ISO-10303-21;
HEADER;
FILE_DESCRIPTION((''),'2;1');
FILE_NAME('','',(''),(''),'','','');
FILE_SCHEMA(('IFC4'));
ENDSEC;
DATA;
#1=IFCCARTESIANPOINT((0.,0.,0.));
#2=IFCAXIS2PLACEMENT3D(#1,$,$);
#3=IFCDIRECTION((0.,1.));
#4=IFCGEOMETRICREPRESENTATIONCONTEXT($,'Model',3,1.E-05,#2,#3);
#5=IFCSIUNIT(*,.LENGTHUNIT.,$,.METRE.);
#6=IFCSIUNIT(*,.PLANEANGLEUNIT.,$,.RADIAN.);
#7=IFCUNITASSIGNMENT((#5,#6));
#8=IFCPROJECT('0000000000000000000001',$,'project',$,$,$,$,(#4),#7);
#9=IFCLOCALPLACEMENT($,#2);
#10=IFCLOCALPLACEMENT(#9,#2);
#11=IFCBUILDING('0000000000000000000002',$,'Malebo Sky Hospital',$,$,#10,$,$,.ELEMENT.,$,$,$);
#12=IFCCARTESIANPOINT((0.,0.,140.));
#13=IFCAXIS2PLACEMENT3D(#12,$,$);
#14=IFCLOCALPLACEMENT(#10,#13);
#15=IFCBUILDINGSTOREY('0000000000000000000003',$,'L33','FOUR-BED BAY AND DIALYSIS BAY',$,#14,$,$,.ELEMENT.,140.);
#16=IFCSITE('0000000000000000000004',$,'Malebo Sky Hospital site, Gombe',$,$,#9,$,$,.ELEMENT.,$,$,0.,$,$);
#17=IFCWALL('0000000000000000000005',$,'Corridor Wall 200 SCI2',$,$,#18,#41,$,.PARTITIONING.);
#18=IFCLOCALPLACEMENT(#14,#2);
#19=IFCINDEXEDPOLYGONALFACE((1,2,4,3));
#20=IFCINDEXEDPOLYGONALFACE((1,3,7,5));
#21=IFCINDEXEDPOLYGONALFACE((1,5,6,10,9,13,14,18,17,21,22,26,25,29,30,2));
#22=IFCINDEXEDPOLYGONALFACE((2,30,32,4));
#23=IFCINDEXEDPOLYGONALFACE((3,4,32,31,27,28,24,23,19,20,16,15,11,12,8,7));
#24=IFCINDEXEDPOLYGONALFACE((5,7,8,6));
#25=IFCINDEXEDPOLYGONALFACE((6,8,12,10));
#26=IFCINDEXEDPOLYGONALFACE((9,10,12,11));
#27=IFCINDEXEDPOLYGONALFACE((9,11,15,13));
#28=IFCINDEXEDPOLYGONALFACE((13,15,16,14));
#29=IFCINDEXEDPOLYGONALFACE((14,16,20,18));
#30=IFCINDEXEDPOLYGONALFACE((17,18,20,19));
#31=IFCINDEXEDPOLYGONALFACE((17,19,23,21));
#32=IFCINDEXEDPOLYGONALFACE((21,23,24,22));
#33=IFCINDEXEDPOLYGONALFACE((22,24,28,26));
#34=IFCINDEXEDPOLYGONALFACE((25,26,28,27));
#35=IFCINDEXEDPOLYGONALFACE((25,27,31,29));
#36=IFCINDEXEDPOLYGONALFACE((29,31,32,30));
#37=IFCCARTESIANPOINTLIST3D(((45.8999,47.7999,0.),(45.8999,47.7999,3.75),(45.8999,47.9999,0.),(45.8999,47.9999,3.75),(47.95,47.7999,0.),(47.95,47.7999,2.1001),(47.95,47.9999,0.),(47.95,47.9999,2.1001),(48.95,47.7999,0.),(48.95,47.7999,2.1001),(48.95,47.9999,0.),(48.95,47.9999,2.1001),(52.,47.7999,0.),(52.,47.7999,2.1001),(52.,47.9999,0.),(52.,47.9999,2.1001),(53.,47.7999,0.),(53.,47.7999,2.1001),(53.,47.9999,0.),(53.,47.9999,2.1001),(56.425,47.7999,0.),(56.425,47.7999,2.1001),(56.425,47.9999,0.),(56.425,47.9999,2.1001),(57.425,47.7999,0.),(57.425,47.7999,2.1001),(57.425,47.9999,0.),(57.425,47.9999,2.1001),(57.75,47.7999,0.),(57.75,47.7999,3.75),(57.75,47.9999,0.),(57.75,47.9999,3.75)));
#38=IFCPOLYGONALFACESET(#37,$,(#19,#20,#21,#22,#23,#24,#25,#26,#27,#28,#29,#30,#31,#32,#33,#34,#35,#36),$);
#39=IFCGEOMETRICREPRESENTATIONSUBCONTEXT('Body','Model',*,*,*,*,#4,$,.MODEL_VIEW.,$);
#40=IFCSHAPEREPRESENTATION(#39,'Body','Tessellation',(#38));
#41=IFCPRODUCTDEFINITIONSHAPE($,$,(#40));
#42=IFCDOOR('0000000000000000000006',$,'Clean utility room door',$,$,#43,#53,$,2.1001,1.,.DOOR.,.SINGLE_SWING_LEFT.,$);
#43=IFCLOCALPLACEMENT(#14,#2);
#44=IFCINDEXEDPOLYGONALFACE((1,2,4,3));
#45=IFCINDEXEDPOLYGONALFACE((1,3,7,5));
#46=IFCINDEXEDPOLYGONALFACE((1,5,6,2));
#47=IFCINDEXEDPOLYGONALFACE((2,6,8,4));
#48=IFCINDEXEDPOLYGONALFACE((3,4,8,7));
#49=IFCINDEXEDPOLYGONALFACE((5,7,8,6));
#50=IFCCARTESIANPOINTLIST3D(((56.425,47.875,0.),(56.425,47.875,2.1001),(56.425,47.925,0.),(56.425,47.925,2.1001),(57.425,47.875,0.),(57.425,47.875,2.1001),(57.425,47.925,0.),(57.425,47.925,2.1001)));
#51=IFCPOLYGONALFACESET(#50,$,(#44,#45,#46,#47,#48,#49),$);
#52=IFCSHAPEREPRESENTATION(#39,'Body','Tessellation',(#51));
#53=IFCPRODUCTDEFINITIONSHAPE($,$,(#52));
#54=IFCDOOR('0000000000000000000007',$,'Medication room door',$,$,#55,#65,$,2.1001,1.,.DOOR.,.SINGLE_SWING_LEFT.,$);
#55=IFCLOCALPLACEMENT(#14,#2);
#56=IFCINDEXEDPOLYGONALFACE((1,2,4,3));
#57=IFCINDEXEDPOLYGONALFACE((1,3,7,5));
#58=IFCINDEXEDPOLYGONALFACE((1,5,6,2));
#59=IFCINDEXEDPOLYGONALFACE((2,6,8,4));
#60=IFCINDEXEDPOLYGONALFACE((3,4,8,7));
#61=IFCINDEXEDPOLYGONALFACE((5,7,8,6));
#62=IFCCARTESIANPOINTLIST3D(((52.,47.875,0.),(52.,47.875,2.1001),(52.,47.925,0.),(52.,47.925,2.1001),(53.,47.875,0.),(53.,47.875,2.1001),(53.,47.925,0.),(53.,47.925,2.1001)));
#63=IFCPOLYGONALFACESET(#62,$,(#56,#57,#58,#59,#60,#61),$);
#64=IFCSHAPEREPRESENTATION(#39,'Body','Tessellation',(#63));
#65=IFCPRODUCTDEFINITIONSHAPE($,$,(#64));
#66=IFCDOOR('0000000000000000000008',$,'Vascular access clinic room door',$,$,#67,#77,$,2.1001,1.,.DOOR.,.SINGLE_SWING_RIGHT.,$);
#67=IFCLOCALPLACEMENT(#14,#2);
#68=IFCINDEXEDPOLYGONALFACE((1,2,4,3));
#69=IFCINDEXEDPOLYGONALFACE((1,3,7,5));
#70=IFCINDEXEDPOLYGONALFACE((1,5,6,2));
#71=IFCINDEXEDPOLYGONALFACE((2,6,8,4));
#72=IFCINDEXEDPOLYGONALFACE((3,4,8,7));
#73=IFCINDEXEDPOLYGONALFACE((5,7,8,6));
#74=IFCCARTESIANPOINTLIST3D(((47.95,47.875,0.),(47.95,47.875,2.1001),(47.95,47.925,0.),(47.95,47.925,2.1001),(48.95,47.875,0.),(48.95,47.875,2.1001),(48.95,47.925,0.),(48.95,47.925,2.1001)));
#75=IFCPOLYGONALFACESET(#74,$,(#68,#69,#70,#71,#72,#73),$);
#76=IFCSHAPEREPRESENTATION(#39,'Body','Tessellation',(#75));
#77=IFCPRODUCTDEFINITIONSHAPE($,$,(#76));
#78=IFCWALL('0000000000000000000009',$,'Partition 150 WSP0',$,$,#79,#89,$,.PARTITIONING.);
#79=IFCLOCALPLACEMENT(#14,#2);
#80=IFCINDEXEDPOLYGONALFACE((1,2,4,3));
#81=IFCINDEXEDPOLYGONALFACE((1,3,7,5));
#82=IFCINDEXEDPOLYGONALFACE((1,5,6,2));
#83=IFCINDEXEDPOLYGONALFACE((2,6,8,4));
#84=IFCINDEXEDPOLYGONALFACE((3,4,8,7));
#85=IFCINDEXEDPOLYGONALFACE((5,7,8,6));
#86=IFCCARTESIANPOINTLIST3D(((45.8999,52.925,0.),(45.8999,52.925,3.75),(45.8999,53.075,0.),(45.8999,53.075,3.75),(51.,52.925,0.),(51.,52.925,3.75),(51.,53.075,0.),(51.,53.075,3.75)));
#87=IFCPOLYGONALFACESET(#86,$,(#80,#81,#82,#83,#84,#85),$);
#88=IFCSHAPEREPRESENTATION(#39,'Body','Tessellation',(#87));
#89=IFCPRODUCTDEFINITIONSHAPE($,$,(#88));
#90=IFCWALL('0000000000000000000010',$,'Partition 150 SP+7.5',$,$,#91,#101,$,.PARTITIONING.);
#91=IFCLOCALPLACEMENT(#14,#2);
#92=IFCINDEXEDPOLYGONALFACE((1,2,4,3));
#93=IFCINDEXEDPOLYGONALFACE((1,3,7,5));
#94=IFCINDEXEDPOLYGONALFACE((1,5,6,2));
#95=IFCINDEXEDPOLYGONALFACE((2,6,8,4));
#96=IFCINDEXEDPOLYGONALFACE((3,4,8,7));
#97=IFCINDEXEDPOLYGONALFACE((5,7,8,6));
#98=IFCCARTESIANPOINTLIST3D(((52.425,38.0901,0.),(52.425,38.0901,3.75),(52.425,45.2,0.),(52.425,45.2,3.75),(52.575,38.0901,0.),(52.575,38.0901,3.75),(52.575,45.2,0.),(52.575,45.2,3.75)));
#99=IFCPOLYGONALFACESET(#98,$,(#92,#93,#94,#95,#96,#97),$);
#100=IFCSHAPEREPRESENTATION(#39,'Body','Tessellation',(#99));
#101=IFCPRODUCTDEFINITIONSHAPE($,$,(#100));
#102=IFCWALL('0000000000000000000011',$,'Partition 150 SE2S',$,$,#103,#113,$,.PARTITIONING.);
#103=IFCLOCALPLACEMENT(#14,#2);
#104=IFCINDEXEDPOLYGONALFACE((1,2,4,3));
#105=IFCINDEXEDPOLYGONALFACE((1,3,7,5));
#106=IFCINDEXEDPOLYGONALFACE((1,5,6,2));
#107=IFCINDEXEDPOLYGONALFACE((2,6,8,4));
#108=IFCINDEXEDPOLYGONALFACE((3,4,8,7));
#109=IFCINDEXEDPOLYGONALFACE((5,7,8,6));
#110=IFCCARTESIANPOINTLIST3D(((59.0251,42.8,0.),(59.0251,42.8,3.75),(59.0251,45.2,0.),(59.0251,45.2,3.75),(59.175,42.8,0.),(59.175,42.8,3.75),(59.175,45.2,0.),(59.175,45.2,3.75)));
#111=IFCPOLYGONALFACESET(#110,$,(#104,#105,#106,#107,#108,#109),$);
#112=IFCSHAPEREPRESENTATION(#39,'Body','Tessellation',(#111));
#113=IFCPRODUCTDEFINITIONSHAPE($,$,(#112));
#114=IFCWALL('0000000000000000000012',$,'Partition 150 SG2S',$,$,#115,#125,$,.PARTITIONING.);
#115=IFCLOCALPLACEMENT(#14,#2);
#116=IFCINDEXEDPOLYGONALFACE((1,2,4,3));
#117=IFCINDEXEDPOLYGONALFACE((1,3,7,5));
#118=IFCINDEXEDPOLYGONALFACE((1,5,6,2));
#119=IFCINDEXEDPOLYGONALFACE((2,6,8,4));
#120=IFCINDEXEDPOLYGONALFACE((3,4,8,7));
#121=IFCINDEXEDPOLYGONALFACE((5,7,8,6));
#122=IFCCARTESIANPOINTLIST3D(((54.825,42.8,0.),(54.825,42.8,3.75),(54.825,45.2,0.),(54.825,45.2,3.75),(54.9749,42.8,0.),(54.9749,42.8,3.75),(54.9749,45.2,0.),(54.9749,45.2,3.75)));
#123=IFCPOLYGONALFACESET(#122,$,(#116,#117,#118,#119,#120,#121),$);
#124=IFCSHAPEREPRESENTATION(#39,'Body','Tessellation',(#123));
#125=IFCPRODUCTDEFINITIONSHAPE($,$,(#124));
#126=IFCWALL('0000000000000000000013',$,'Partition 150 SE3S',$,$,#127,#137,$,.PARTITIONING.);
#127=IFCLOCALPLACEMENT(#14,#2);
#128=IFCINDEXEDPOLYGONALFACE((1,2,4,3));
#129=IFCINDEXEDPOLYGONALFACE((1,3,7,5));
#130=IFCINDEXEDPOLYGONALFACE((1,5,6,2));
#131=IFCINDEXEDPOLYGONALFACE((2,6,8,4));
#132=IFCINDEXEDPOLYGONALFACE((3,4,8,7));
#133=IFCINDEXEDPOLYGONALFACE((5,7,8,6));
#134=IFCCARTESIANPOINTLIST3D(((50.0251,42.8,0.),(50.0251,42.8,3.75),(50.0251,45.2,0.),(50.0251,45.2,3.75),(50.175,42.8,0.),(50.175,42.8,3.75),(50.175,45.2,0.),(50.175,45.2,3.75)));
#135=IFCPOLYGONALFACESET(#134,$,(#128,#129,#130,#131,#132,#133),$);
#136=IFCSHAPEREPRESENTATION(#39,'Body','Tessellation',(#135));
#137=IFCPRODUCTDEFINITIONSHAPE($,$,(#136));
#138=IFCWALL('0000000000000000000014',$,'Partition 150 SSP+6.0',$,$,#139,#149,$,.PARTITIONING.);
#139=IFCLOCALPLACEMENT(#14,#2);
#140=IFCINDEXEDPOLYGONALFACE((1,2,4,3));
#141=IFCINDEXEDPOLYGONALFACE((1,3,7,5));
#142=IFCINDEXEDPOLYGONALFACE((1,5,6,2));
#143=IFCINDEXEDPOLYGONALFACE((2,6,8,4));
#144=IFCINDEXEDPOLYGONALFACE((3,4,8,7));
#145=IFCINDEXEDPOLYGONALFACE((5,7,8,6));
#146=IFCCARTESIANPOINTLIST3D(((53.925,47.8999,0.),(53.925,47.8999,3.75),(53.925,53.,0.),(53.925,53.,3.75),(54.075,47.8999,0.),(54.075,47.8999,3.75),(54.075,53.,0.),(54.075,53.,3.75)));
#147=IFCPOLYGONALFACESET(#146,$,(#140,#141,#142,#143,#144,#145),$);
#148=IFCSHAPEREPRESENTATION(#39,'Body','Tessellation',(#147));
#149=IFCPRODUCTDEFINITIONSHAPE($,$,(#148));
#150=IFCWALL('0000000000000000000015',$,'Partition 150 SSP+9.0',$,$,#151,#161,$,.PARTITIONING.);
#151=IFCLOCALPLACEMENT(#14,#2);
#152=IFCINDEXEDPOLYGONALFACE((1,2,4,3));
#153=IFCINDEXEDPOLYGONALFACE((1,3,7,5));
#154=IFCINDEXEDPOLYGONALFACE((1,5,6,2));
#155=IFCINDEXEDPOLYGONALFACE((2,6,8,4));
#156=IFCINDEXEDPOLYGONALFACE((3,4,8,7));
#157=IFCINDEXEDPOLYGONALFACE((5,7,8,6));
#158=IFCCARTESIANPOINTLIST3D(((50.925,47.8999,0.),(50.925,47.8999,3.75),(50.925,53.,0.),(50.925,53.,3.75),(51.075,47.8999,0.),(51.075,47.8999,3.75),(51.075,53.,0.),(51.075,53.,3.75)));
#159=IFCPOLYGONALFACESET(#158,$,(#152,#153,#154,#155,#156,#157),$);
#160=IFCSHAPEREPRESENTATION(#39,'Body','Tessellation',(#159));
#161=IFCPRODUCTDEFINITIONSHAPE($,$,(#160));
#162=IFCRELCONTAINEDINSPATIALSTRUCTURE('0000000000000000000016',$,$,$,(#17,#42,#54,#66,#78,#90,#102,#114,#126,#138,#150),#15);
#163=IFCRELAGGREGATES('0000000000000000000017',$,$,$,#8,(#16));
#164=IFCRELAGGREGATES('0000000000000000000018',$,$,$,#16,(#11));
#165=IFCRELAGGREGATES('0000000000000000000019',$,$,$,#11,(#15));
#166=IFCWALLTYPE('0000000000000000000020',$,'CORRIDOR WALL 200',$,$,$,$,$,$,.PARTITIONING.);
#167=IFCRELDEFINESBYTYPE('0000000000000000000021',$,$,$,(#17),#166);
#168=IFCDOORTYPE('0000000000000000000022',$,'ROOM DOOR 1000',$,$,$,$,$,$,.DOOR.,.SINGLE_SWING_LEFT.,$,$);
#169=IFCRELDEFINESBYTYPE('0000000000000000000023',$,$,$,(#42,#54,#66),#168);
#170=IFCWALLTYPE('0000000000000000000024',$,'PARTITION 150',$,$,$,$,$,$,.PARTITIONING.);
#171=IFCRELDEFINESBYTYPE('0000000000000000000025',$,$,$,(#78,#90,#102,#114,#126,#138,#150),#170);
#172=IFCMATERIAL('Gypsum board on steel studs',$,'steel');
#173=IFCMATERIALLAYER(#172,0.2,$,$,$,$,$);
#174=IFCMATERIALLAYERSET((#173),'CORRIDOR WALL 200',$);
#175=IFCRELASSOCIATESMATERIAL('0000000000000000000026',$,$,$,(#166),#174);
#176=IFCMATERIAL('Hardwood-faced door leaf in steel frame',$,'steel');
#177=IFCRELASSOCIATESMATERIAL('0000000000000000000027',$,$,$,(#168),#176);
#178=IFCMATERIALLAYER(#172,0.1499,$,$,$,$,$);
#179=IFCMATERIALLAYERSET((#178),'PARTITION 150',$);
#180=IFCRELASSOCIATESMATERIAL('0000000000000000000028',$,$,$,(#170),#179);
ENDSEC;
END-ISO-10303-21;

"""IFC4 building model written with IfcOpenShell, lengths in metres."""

from ifc_helpers import new_model, si_unit, direction, frame, frame_2d, origin, place, context, subcontext, project, spatial, rectangle, extrude, material, layer, layer_set, type_object, element, fill, save


model = new_model("IFC4")

# Units and contexts
model_context = context("Model", 3, precision=1e-05, world=origin(), true_north=direction((0.0, 1.0)))
body_context = subcontext(model_context, "Body", "Model", "MODEL_VIEW")
ifc_project = project(units=[si_unit("LENGTHUNIT", "METRE"), si_unit("PLANEANGLEUNIT", "RADIAN")], contexts=[model_context])

# Site, building, storey
site_placement = place(None, origin())
site = spatial("IfcSite", under=ifc_project, at=site_placement, Name="Malebo Sky Hospital site, Gombe", CompositionType="ELEMENT", RefElevation=0.0)
building_placement = place(site_placement, origin())
building = spatial("IfcBuilding", under=site, at=building_placement, Name="Malebo Sky Hospital", CompositionType="ELEMENT")
storey_placement = place(building_placement, frame((0.0, 0.0, 140.0)))
storey = spatial("IfcBuildingStorey", under=building, at=storey_placement, Name="L33", Description="FOUR-BED BAY AND DIALYSIS BAY", CompositionType="ELEMENT", Elevation=140.0)

# Shared definitions
ifc_material_1 = material(Name="Gypsum board on steel studs", Category="steel")
ifc_layer_1 = layer(ifc_material_1, 0.2)
ifc_layer_set_1 = layer_set([ifc_layer_1], Name="CORRIDOR WALL 200")
wall_type_1 = type_object("IfcWallType", Name="CORRIDOR WALL 200", PredefinedType="PARTITIONING", material=ifc_layer_set_1)
ifc_material_2 = material(Name="Hardwood-faced door leaf in steel frame", Category="steel")
door_type = type_object("IfcDoorType", Name="ROOM DOOR 1000", OperationType="SINGLE_SWING_LEFT", PredefinedType="DOOR", material=ifc_material_2)

# Wall, openings, doors
wall_1_placement = place(storey_placement, frame((57.75, 47.8999, 0.0), z_axis=(0.0, 0.0, 1.0), x_axis=(-1.0, 0.0, 0.0)))
wall_1 = element("IfcWall", 1, at=wall_1_placement, inside=storey, type_object=wall_type_1, Name="Corridor Wall 200 SCI2", PredefinedType="PARTITIONING", context=body_context, shape_type="SweptSolid", body=[
    extrude(rectangle(XDim=11.8501, YDim=0.2, at=frame_2d((5.925, 0.0))), origin(), (0.0, 0.0, 1.0), 3.75),
])
opening_1_placement = place(wall_1_placement, frame((0.325, 0.0, 0.0)))
opening_1 = element("IfcOpeningElement", 2, at=opening_1_placement, cuts=wall_1, PredefinedType="OPENING", context=body_context, shape_type="SweptSolid", body=[
    extrude(rectangle(XDim=1.0, YDim=2.1001, at=frame_2d((0.5, 1.05))), frame((0.0, 0.1099, 0.0), z_axis=(0.0, -1.0, 0.0), x_axis=(1.0, 0.0, 0.0)), (0.0, 0.0, 1.0), 0.22),
])
opening_2_placement = place(wall_1_placement, frame((4.75, 0.0, 0.0)))
opening_2 = element("IfcOpeningElement", 3, at=opening_2_placement, cuts=wall_1, PredefinedType="OPENING", context=body_context, shape_type="SweptSolid", body=[
    extrude(rectangle(XDim=1.0, YDim=2.1001, at=frame_2d((0.5, 1.05))), frame((0.0, 0.1099, 0.0), z_axis=(0.0, -1.0, 0.0), x_axis=(1.0, 0.0, 0.0)), (0.0, 0.0, 1.0), 0.22),
])
opening_3_placement = place(wall_1_placement, frame((8.8, 0.0, 0.0)))
opening_3 = element("IfcOpeningElement", 4, at=opening_3_placement, cuts=wall_1, PredefinedType="OPENING", context=body_context, shape_type="SweptSolid", body=[
    extrude(rectangle(XDim=1.0, YDim=2.1001, at=frame_2d((0.5, 1.05))), frame((0.0, 0.1099, 0.0), z_axis=(0.0, -1.0, 0.0), x_axis=(1.0, 0.0, 0.0)), (0.0, 0.0, 1.0), 0.22),
])
door_1_placement = place(opening_1_placement, origin())
door_1 = element("IfcDoor", 5, at=door_1_placement, inside=storey, type_object=door_type, Name="Clean utility room door", OperationType="SINGLE_SWING_LEFT", OverallHeight=2.1001, OverallWidth=1.0, PredefinedType="DOOR", context=body_context, shape_type="SweptSolid", body=[
    extrude(rectangle(XDim=1.0, YDim=2.1001, at=frame_2d((0.5, 1.05))), frame((0.0, 0.0249, 0.0), z_axis=(0.0, -1.0, 0.0), x_axis=(1.0, 0.0, 0.0)), (0.0, 0.0, 1.0), 0.05),
])
fill(opening_1, door_1)
door_2_placement = place(opening_2_placement, origin())
door_2 = element("IfcDoor", 6, at=door_2_placement, inside=storey, type_object=door_type, Name="Medication room door", OperationType="SINGLE_SWING_LEFT", OverallHeight=2.1001, OverallWidth=1.0, PredefinedType="DOOR", context=body_context, shape_type="SweptSolid", body=[
    extrude(rectangle(XDim=1.0, YDim=2.1001, at=frame_2d((0.5, 1.05))), frame((0.0, 0.0249, 0.0), z_axis=(0.0, -1.0, 0.0), x_axis=(1.0, 0.0, 0.0)), (0.0, 0.0, 1.0), 0.05),
])
fill(opening_2, door_2)
door_3_placement = place(opening_3_placement, origin())
door_3 = element("IfcDoor", 7, at=door_3_placement, inside=storey, type_object=door_type, Name="Vascular access clinic room door", OperationType="SINGLE_SWING_RIGHT", OverallHeight=2.1001, OverallWidth=1.0, PredefinedType="DOOR", context=body_context, shape_type="SweptSolid", body=[
    extrude(rectangle(XDim=1.0, YDim=2.1001, at=frame_2d((0.5, 1.05))), frame((0.0, 0.0249, 0.0), z_axis=(0.0, -1.0, 0.0), x_axis=(1.0, 0.0, 0.0)), (0.0, 0.0, 1.0), 0.05),
])
fill(opening_3, door_3)

# Walls
ifc_layer_2 = layer(ifc_material_1, 0.1499)
ifc_layer_set_2 = layer_set([ifc_layer_2], Name="PARTITION 150")
wall_type_2 = type_object("IfcWallType", Name="PARTITION 150", PredefinedType="PARTITIONING", material=ifc_layer_set_2)
wall_2_placement = place(storey_placement, frame((51.0, 53.0, 0.0), z_axis=(0.0, 0.0, 1.0), x_axis=(-1.0, 0.0, 0.0)))
element("IfcWall", 8, at=wall_2_placement, inside=storey, type_object=wall_type_2, Name="Partition 150 WSP0", PredefinedType="PARTITIONING", context=body_context, shape_type="SweptSolid", body=[
    extrude(rectangle(XDim=5.1001, YDim=0.1499, at=frame_2d((2.55, 0.0))), origin(), (0.0, 0.0, 1.0), 3.75),
])
wall_3_placement = place(storey_placement, frame((52.5, 45.2, 0.0), z_axis=(0.0, 0.0, 1.0), x_axis=(0.0, -1.0, 0.0)))
element("IfcWall", 9, at=wall_3_placement, inside=storey, type_object=wall_type_2, Name="Partition 150 SP+7.5", PredefinedType="PARTITIONING", context=body_context, shape_type="SweptSolid", body=[
    extrude(rectangle(XDim=7.1099, YDim=0.1499, at=frame_2d((3.5549, 0.0))), origin(), (0.0, 0.0, 1.0), 3.75),
])
for number, where, z_axis, x_axis, name in (
    (10, (59.1001, 45.2, 0.0), (0.0, 0.0, 1.0), (0.0, -1.0, 0.0), "Partition 150 SE2S"),
    (11, (54.8999, 45.2, 0.0), (0.0, 0.0, 1.0), (0.0, -1.0, 0.0), "Partition 150 SG2S"),
    (12, (50.1001, 45.2, 0.0), (0.0, 0.0, 1.0), (0.0, -1.0, 0.0), "Partition 150 SE3S"),
):
    element("IfcWall", number, at=place(storey_placement, frame(where, z_axis=z_axis, x_axis=x_axis)), inside=storey, type_object=wall_type_2, Name=name, PredefinedType="PARTITIONING", context=body_context, shape_type="SweptSolid", body=[
        extrude(rectangle(XDim=2.3999, YDim=0.1499, at=frame_2d((1.2, 0.0))), origin(), (0.0, 0.0, 1.0), 3.75),
    ])
for number, where, z_axis, x_axis, name in (
    (13, (54.0, 53.0, 0.0), (0.0, 0.0, 1.0), (0.0, -1.0, 0.0), "Partition 150 SSP+6.0"),
    (14, (51.0, 53.0, 0.0), (0.0, 0.0, 1.0), (0.0, -1.0, 0.0), "Partition 150 SSP+9.0"),
):
    element("IfcWall", number, at=place(storey_placement, frame(where, z_axis=z_axis, x_axis=x_axis)), inside=storey, type_object=wall_type_2, Name=name, PredefinedType="PARTITIONING", context=body_context, shape_type="SweptSolid", body=[
        extrude(rectangle(XDim=5.1001, YDim=0.1499, at=frame_2d((2.55, 0.0))), origin(), (0.0, 0.0, 1.0), 3.75),
    ])

save(model, "model.ifc")
